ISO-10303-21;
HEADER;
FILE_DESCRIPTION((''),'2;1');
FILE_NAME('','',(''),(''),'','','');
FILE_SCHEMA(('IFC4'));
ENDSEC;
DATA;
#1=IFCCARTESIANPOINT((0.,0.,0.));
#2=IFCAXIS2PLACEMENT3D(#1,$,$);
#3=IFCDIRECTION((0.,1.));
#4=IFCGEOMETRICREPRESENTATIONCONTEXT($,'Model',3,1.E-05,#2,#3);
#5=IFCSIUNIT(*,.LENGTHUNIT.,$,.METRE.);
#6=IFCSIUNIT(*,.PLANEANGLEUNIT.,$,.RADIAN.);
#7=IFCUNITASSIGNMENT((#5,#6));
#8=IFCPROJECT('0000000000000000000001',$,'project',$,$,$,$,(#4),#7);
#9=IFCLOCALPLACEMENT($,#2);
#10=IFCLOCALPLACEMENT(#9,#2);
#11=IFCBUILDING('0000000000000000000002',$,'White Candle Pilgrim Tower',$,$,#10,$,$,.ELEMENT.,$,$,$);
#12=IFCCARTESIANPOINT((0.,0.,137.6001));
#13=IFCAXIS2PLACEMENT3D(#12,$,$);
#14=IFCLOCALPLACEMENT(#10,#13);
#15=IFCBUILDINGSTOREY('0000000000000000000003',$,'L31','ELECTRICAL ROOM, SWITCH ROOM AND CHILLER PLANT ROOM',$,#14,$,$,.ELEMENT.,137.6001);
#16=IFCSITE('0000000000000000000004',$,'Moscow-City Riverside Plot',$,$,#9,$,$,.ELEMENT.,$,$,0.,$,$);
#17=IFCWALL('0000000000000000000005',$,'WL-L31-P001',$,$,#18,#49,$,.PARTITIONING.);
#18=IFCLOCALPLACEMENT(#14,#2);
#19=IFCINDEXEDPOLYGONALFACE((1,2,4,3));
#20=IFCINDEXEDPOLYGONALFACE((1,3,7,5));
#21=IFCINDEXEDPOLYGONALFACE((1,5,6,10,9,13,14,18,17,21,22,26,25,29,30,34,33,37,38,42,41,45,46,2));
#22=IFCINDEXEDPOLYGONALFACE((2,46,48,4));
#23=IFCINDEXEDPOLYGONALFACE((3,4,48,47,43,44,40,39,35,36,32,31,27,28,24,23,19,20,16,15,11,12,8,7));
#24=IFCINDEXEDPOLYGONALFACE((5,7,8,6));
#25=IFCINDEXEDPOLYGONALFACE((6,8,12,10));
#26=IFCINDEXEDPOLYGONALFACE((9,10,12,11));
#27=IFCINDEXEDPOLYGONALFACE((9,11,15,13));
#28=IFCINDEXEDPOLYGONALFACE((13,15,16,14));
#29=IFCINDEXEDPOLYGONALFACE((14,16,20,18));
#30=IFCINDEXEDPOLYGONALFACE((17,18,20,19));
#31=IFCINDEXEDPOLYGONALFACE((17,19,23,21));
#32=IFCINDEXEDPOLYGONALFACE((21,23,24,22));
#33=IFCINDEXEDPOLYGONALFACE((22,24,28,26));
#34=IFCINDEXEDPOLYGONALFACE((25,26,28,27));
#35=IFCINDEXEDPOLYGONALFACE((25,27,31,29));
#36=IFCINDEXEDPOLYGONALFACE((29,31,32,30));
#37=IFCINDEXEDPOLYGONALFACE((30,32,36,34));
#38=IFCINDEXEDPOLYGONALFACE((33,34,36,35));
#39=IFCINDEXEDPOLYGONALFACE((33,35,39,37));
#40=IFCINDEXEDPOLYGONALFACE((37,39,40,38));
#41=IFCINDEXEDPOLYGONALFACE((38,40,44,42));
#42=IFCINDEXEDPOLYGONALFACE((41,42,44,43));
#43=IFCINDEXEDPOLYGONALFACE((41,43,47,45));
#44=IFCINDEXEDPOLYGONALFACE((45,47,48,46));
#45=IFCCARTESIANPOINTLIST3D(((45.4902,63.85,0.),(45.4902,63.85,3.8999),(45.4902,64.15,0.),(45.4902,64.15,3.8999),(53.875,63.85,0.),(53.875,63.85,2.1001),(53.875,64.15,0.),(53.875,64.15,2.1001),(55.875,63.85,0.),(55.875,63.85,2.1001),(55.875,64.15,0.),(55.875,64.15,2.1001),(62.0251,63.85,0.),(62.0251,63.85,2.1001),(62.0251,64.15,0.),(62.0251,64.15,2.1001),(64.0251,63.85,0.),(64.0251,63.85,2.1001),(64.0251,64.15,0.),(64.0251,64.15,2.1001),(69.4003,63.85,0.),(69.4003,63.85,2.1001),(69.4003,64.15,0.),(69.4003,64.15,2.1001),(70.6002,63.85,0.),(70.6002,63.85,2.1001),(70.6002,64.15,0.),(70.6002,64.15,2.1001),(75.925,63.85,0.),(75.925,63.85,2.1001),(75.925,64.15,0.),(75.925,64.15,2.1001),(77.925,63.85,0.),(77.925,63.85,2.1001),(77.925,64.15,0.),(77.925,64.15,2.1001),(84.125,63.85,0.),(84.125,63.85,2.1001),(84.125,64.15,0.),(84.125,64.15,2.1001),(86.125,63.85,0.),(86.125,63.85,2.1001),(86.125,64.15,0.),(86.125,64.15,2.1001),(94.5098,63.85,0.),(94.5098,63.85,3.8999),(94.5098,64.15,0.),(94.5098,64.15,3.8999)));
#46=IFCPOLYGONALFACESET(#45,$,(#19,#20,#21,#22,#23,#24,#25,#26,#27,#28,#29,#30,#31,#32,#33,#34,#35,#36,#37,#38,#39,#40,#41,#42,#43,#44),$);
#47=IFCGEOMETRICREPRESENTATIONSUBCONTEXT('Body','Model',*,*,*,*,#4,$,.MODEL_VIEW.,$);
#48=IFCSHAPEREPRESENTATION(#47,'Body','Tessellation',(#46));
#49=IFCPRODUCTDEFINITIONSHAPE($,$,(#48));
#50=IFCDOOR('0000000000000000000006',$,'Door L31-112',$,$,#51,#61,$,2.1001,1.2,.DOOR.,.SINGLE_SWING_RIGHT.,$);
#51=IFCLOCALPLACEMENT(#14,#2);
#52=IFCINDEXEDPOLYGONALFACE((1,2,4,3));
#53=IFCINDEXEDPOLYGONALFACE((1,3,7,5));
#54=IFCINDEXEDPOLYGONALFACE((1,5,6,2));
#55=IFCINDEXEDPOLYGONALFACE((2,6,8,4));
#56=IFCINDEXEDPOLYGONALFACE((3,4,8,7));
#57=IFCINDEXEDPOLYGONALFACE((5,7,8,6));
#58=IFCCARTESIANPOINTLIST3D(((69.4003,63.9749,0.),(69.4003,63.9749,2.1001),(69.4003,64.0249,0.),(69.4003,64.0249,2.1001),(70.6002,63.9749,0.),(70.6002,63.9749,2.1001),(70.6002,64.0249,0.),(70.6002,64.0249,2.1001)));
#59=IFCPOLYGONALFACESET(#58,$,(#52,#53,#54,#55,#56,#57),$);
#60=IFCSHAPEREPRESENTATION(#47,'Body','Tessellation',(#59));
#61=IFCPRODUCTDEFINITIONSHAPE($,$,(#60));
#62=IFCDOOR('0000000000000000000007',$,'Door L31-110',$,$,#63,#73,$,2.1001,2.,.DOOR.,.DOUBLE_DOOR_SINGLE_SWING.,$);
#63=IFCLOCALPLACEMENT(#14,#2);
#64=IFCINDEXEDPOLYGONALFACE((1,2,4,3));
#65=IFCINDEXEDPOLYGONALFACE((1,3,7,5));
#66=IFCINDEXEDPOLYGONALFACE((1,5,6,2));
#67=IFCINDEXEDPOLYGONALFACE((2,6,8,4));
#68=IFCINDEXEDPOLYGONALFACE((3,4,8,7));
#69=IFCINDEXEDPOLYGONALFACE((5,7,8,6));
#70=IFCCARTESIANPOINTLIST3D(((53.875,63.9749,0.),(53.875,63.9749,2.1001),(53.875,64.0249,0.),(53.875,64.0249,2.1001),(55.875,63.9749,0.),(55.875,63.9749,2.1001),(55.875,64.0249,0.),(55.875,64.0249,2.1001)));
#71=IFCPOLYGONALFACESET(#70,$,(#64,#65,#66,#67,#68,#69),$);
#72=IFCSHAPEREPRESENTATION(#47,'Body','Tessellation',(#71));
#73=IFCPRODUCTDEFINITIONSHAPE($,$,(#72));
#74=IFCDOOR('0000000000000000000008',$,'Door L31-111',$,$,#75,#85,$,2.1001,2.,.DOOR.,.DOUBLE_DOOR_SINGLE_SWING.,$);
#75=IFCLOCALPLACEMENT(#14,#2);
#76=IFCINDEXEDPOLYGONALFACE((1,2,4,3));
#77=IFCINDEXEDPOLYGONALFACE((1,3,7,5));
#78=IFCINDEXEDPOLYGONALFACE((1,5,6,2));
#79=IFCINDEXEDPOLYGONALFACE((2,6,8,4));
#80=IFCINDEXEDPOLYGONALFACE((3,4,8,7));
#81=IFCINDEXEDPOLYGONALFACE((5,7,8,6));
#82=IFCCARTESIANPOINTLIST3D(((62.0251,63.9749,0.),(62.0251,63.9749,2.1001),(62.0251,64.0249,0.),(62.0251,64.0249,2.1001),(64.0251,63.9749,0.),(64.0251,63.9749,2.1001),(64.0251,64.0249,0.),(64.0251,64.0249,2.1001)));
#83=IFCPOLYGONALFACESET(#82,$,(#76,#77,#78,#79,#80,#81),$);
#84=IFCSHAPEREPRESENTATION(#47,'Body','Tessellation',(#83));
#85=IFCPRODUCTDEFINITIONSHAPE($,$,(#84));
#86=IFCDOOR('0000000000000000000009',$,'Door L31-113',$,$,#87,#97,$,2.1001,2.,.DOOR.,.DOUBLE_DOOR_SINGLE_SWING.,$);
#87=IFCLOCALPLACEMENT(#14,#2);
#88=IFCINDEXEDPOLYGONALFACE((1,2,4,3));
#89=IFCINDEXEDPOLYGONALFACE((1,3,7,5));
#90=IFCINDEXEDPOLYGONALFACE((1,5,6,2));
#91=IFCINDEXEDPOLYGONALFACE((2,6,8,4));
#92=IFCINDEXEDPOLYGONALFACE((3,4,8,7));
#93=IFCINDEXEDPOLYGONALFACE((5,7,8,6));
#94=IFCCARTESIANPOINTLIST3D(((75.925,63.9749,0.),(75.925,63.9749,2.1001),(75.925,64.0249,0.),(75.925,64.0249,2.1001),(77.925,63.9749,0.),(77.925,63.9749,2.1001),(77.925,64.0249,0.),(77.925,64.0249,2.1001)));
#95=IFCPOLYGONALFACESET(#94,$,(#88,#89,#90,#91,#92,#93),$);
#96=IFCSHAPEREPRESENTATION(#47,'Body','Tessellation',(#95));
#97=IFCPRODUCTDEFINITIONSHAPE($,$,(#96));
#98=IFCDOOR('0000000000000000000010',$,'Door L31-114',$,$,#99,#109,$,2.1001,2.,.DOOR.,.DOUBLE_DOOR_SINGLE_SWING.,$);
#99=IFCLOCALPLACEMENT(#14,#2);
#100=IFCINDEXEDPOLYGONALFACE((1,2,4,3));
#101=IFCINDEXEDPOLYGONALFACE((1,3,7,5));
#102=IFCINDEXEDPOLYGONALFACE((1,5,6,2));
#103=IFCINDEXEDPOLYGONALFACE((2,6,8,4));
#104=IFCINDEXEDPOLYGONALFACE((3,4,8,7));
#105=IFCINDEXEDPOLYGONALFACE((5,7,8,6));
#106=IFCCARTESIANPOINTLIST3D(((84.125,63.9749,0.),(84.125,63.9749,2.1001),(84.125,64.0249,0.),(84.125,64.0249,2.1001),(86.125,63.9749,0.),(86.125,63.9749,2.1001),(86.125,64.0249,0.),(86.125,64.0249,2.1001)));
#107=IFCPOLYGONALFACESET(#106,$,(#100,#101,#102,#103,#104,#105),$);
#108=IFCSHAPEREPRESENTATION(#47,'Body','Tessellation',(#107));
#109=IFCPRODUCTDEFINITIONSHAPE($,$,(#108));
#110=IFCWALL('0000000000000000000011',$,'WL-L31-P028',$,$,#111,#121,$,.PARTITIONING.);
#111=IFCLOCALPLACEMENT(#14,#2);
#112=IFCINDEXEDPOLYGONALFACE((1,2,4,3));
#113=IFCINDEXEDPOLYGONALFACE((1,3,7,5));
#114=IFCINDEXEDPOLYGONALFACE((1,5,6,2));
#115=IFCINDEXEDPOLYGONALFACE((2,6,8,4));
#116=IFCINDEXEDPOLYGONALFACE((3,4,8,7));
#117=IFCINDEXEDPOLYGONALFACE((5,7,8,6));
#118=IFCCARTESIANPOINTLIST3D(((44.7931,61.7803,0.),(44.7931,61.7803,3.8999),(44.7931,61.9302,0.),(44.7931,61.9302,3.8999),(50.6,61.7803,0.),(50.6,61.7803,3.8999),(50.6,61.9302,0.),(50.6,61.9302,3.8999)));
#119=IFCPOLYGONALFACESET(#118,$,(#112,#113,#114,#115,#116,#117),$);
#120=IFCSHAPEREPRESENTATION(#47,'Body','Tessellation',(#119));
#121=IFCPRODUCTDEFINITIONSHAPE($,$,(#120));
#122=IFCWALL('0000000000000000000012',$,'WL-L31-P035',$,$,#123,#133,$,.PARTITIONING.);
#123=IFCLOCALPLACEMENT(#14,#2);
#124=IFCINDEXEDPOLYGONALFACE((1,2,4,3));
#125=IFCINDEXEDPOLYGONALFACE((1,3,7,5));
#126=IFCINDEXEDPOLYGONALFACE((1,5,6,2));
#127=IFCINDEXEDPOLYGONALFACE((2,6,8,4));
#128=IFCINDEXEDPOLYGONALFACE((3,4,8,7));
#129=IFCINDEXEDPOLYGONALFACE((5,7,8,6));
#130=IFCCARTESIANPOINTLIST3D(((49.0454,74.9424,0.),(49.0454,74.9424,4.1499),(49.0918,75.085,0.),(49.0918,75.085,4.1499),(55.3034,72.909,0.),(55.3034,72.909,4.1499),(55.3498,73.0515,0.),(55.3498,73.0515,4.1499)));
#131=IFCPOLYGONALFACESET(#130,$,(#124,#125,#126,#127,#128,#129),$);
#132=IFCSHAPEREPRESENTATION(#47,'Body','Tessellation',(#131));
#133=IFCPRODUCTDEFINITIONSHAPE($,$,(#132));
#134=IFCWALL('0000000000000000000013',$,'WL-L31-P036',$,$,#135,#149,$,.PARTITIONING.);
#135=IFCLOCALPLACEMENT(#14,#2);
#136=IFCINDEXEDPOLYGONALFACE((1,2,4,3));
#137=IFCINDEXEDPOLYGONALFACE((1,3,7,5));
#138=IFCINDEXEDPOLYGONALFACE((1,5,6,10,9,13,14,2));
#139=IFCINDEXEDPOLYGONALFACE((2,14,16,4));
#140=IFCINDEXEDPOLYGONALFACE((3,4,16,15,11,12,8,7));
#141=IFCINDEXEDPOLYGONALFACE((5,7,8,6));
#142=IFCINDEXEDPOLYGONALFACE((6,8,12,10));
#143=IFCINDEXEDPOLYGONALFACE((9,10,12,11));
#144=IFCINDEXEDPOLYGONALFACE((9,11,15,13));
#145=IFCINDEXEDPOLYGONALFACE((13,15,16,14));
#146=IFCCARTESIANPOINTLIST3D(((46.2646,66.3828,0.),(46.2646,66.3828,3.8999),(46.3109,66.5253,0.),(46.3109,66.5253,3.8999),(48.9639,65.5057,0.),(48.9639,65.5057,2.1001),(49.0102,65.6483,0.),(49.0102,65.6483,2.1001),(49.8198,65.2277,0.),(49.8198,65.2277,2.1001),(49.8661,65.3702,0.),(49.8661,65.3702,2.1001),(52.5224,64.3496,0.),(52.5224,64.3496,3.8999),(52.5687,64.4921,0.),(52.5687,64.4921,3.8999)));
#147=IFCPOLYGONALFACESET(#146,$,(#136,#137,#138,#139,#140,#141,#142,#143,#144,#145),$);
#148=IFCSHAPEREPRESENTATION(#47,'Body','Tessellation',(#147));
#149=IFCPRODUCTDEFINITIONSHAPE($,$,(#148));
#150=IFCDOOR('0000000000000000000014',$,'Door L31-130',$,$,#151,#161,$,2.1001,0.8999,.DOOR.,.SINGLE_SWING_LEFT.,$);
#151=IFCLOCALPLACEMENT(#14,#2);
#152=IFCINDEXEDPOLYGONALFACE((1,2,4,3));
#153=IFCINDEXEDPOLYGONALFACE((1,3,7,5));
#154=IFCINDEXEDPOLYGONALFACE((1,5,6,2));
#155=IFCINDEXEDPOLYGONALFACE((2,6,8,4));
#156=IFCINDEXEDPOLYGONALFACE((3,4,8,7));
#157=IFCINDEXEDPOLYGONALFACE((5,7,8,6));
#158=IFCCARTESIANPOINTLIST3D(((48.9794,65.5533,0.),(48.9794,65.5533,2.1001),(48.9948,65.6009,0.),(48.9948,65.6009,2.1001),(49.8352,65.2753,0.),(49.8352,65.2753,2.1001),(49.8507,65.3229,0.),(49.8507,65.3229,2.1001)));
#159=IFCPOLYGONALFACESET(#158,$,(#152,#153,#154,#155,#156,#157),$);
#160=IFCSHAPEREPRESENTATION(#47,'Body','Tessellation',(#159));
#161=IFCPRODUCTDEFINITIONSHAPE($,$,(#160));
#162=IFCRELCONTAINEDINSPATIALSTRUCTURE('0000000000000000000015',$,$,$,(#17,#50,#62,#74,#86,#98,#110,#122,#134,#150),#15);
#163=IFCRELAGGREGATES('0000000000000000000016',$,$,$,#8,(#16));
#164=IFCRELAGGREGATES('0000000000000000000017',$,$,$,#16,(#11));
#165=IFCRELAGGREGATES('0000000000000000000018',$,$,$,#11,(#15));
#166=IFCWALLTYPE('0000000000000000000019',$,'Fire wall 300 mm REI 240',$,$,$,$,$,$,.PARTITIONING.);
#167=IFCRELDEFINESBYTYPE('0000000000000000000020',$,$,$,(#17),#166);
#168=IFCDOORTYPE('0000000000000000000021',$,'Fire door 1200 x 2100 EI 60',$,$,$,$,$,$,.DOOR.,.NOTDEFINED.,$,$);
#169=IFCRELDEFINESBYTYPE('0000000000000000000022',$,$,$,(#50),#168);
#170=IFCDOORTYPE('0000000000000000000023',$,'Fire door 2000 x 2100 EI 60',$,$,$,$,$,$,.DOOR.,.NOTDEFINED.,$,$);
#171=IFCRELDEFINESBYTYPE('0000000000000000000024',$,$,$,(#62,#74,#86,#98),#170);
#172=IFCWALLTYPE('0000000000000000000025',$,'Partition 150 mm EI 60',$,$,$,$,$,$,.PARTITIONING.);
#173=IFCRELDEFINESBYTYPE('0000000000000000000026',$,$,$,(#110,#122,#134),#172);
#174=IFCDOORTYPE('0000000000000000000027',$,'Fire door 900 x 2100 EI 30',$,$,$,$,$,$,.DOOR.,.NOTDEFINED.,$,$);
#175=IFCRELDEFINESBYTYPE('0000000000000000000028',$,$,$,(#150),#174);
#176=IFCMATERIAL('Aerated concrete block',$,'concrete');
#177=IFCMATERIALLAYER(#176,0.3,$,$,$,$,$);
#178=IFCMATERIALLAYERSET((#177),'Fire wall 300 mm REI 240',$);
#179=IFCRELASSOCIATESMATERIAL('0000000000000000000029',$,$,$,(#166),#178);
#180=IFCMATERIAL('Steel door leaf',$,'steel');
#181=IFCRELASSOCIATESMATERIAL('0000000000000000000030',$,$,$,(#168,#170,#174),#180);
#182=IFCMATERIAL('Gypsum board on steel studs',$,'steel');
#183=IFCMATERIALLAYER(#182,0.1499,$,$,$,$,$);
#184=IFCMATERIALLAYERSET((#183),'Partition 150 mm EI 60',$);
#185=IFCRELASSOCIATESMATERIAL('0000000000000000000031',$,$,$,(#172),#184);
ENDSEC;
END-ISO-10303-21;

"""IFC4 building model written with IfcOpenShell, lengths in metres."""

from ifc_helpers import new_model, si_unit, direction, frame, frame_2d, origin, place, context, subcontext, project, spatial, rectangle, extrude, material, layer, layer_set, type_object, element, fill, save


model = new_model("IFC4")

# Units and contexts
model_context = context("Model", 3, precision=1e-05, world=origin(), true_north=direction((0.0, 1.0)))
body_context = subcontext(model_context, "Body", "Model", "MODEL_VIEW")
ifc_project = project(units=[si_unit("LENGTHUNIT", "METRE"), si_unit("PLANEANGLEUNIT", "RADIAN")], contexts=[model_context])

# Site, building, storey
site_placement = place(None, origin())
site = spatial("IfcSite", under=ifc_project, at=site_placement, Name="Moscow-City Riverside Plot", CompositionType="ELEMENT", RefElevation=0.0)
building_placement = place(site_placement, origin())
building = spatial("IfcBuilding", under=site, at=building_placement, Name="White Candle Pilgrim Tower", CompositionType="ELEMENT")
storey_placement = place(building_placement, frame((0.0, 0.0, 137.6001)))
storey = spatial("IfcBuildingStorey", under=building, at=storey_placement, Name="L31", Description="ELECTRICAL ROOM, SWITCH ROOM AND CHILLER PLANT ROOM", CompositionType="ELEMENT", Elevation=137.6001)

# Wall, openings, doors
ifc_material_1 = material(Name="Aerated concrete block", Category="concrete")
ifc_layer_1 = layer(ifc_material_1, 0.3)
ifc_layer_set_1 = layer_set([ifc_layer_1], Name="Fire wall 300 mm REI 240")
wall_type_1 = type_object("IfcWallType", Name="Fire wall 300 mm REI 240", PredefinedType="PARTITIONING", material=ifc_layer_set_1)
wall_1_placement = place(storey_placement, frame((45.4902, 64.0, 0.0), z_axis=(0.0, 0.0, 1.0), x_axis=(1.0, 0.0, 0.0)))
wall_1 = element("IfcWall", 1, at=wall_1_placement, inside=storey, type_object=wall_type_1, Name="WL-L31-P001", PredefinedType="PARTITIONING", context=body_context, shape_type="SweptSolid", body=[
    extrude(rectangle(XDim=49.0195, YDim=0.3, at=frame_2d((24.5098, 0.0))), origin(), (0.0, 0.0, 1.0), 3.8999),
])
opening_1_placement = place(wall_1_placement, frame((8.3848, 0.0, 0.0)))
opening_1 = element("IfcOpeningElement", 2, at=opening_1_placement, cuts=wall_1, PredefinedType="OPENING", context=body_context, shape_type="SweptSolid", body=[
    extrude(rectangle(XDim=2.0, YDim=2.1001, at=frame_2d((1.0, 1.05))), frame((0.0, 0.1599, 0.0), z_axis=(0.0, -1.0, 0.0), x_axis=(1.0, 0.0, 0.0)), (0.0, 0.0, 1.0), 0.3201),
])
opening_2_placement = place(wall_1_placement, frame((16.5349, 0.0, 0.0)))
opening_2 = element("IfcOpeningElement", 3, at=opening_2_placement, cuts=wall_1, PredefinedType="OPENING", context=body_context, shape_type="SweptSolid", body=[
    extrude(rectangle(XDim=2.0, YDim=2.1001, at=frame_2d((1.0, 1.05))), frame((0.0, 0.1599, 0.0), z_axis=(0.0, -1.0, 0.0), x_axis=(1.0, 0.0, 0.0)), (0.0, 0.0, 1.0), 0.3201),
])
opening_3_placement = place(wall_1_placement, frame((23.9099, 0.0, 0.0)))
opening_3 = element("IfcOpeningElement", 4, at=opening_3_placement, cuts=wall_1, PredefinedType="OPENING", context=body_context, shape_type="SweptSolid", body=[
    extrude(rectangle(XDim=1.2, YDim=2.1001, at=frame_2d((0.6001, 1.05))), frame((0.0, 0.1599, 0.0), z_axis=(0.0, -1.0, 0.0), x_axis=(1.0, 0.0, 0.0)), (0.0, 0.0, 1.0), 0.3201),
])
opening_4_placement = place(wall_1_placement, frame((30.4348, 0.0, 0.0)))
opening_4 = element("IfcOpeningElement", 5, at=opening_4_placement, cuts=wall_1, PredefinedType="OPENING", context=body_context, shape_type="SweptSolid", body=[
    extrude(rectangle(XDim=2.0, YDim=2.1001, at=frame_2d((1.0, 1.05))), frame((0.0, 0.1599, 0.0), z_axis=(0.0, -1.0, 0.0), x_axis=(1.0, 0.0, 0.0)), (0.0, 0.0, 1.0), 0.3201),
])
opening_5_placement = place(wall_1_placement, frame((38.6348, 0.0, 0.0)))
opening_5 = element("IfcOpeningElement", 6, at=opening_5_placement, cuts=wall_1, PredefinedType="OPENING", context=body_context, shape_type="SweptSolid", body=[
    extrude(rectangle(XDim=2.0, YDim=2.1001, at=frame_2d((1.0, 1.05))), frame((0.0, 0.1599, 0.0), z_axis=(0.0, -1.0, 0.0), x_axis=(1.0, 0.0, 0.0)), (0.0, 0.0, 1.0), 0.3201),
])
ifc_material_2 = material(Name="Steel door leaf", Category="steel")
door_type_1 = type_object("IfcDoorType", Name="Fire door 1200 x 2100 EI 60", OperationType="NOTDEFINED", PredefinedType="DOOR", material=ifc_material_2)
door_1_placement = place(opening_3_placement, origin())
door_1 = element("IfcDoor", 7, at=door_1_placement, inside=storey, type_object=door_type_1, Name="Door L31-112", OperationType="SINGLE_SWING_RIGHT", OverallHeight=2.1001, OverallWidth=1.2, PredefinedType="DOOR", context=body_context, shape_type="SweptSolid", body=[
    extrude(rectangle(XDim=1.2, YDim=2.1001, at=frame_2d((0.6001, 1.05))), frame((0.0, 0.0249, 0.0), z_axis=(0.0, -1.0, 0.0), x_axis=(1.0, 0.0, 0.0)), (0.0, 0.0, 1.0), 0.05),
])
fill(opening_3, door_1)
door_type_2 = type_object("IfcDoorType", Name="Fire door 2000 x 2100 EI 60", OperationType="NOTDEFINED", PredefinedType="DOOR", material=ifc_material_2)
door_2_placement = place(opening_1_placement, origin())
door_2 = element("IfcDoor", 8, at=door_2_placement, inside=storey, type_object=door_type_2, Name="Door L31-110", OperationType="DOUBLE_DOOR_SINGLE_SWING", OverallHeight=2.1001, OverallWidth=2.0, PredefinedType="DOOR", context=body_context, shape_type="SweptSolid", body=[
    extrude(rectangle(XDim=2.0, YDim=2.1001, at=frame_2d((1.0, 1.05))), frame((0.0, 0.0249, 0.0), z_axis=(0.0, -1.0, 0.0), x_axis=(1.0, 0.0, 0.0)), (0.0, 0.0, 1.0), 0.05),
])
fill(opening_1, door_2)
door_3_placement = place(opening_2_placement, origin())
door_3 = element("IfcDoor", 9, at=door_3_placement, inside=storey, type_object=door_type_2, Name="Door L31-111", OperationType="DOUBLE_DOOR_SINGLE_SWING", OverallHeight=2.1001, OverallWidth=2.0, PredefinedType="DOOR", context=body_context, shape_type="SweptSolid", body=[
    extrude(rectangle(XDim=2.0, YDim=2.1001, at=frame_2d((1.0, 1.05))), frame((0.0, 0.0249, 0.0), z_axis=(0.0, -1.0, 0.0), x_axis=(1.0, 0.0, 0.0)), (0.0, 0.0, 1.0), 0.05),
])
fill(opening_2, door_3)
door_4_placement = place(opening_4_placement, origin())
door_4 = element("IfcDoor", 10, at=door_4_placement, inside=storey, type_object=door_type_2, Name="Door L31-113", OperationType="DOUBLE_DOOR_SINGLE_SWING", OverallHeight=2.1001, OverallWidth=2.0, PredefinedType="DOOR", context=body_context, shape_type="SweptSolid", body=[
    extrude(rectangle(XDim=2.0, YDim=2.1001, at=frame_2d((1.0, 1.05))), frame((0.0, 0.0249, 0.0), z_axis=(0.0, -1.0, 0.0), x_axis=(1.0, 0.0, 0.0)), (0.0, 0.0, 1.0), 0.05),
])
fill(opening_4, door_4)
door_5_placement = place(opening_5_placement, origin())
door_5 = element("IfcDoor", 11, at=door_5_placement, inside=storey, type_object=door_type_2, Name="Door L31-114", OperationType="DOUBLE_DOOR_SINGLE_SWING", OverallHeight=2.1001, OverallWidth=2.0, PredefinedType="DOOR", context=body_context, shape_type="SweptSolid", body=[
    extrude(rectangle(XDim=2.0, YDim=2.1001, at=frame_2d((1.0, 1.05))), frame((0.0, 0.0249, 0.0), z_axis=(0.0, -1.0, 0.0), x_axis=(1.0, 0.0, 0.0)), (0.0, 0.0, 1.0), 0.05),
])
fill(opening_5, door_5)

# Walls
ifc_material_3 = material(Name="Gypsum board on steel studs", Category="steel")
ifc_layer_2 = layer(ifc_material_3, 0.1499)
ifc_layer_set_2 = layer_set([ifc_layer_2], Name="Partition 150 mm EI 60")
wall_type_2 = type_object("IfcWallType", Name="Partition 150 mm EI 60", PredefinedType="PARTITIONING", material=ifc_layer_set_2)
wall_2_placement = place(storey_placement, frame((44.7932, 61.8552, 0.0), z_axis=(0.0, 0.0, 1.0), x_axis=(1.0, 0.0, 0.0)))
element("IfcWall", 12, at=wall_2_placement, inside=storey, type_object=wall_type_2, Name="WL-L31-P028", PredefinedType="PARTITIONING", context=body_context, shape_type="SweptSolid", body=[
    extrude(rectangle(XDim=5.8069, YDim=0.1499, at=frame_2d((2.9033, 0.0))), origin(), (0.0, 0.0, 1.0), 3.8999),
])
wall_3_placement = place(storey_placement, frame((49.0686, 75.0137, 0.0), z_axis=(0.0, 0.0, 1.0), x_axis=(0.951053, -0.309028, 0.0)))
element("IfcWall", 13, at=wall_3_placement, inside=storey, type_object=wall_type_2, Name="WL-L31-P035", PredefinedType="PARTITIONING", context=body_context, shape_type="SweptSolid", body=[
    extrude(rectangle(XDim=6.5801, YDim=0.1499, at=frame_2d((3.29, 0.0))), origin(), (0.0, 0.0, 1.0), 4.1499),
])

# Wall, opening, door
wall_4_placement = place(storey_placement, frame((46.2876, 66.4541, 0.0), z_axis=(0.0, 0.0, 1.0), x_axis=(0.95106, -0.309006, 0.0)))
wall_4 = element("IfcWall", 14, at=wall_4_placement, inside=storey, type_object=wall_type_2, Name="WL-L31-P036", PredefinedType="PARTITIONING", context=body_context, shape_type="SweptSolid", body=[
    extrude(rectangle(XDim=6.5798, YDim=0.1499, at=frame_2d((3.29, 0.0))), origin(), (0.0, 0.0, 1.0), 3.8999),
])
opening_6_placement = place(wall_4_placement, frame((2.8384, 0.0, 0.0)))
opening_6 = element("IfcOpeningElement", 15, at=opening_6_placement, cuts=wall_4, PredefinedType="OPENING", context=body_context, shape_type="SweptSolid", body=[
    extrude(rectangle(XDim=0.8999, YDim=2.1001, at=frame_2d((0.45, 1.05))), frame((0.0, 0.085, 0.0), z_axis=(0.0, -1.0, 0.0), x_axis=(1.0, 0.0, 0.0)), (0.0, 0.0, 1.0), 0.1699),
])
door_type_3 = type_object("IfcDoorType", Name="Fire door 900 x 2100 EI 30", OperationType="NOTDEFINED", PredefinedType="DOOR", material=ifc_material_2)
door_6_placement = place(opening_6_placement, frame((0.8999, 0.0, 0.0), z_axis=(0.0, 0.0, 1.0), x_axis=(-1.0, 0.0, 0.0)))
door_6 = element("IfcDoor", 16, at=door_6_placement, inside=storey, type_object=door_type_3, Name="Door L31-130", OperationType="SINGLE_SWING_LEFT", OverallHeight=2.1001, OverallWidth=0.8999, PredefinedType="DOOR", context=body_context, shape_type="SweptSolid", body=[
    extrude(rectangle(XDim=0.8999, YDim=2.1001, at=frame_2d((0.45, 1.05))), frame((0.0, 0.0249, 0.0), z_axis=(0.0, -1.0, 0.0), x_axis=(1.0, 0.0, 0.0)), (0.0, 0.0, 1.0), 0.05),
])
fill(opening_6, door_6)

save(model, "model.ifc")
